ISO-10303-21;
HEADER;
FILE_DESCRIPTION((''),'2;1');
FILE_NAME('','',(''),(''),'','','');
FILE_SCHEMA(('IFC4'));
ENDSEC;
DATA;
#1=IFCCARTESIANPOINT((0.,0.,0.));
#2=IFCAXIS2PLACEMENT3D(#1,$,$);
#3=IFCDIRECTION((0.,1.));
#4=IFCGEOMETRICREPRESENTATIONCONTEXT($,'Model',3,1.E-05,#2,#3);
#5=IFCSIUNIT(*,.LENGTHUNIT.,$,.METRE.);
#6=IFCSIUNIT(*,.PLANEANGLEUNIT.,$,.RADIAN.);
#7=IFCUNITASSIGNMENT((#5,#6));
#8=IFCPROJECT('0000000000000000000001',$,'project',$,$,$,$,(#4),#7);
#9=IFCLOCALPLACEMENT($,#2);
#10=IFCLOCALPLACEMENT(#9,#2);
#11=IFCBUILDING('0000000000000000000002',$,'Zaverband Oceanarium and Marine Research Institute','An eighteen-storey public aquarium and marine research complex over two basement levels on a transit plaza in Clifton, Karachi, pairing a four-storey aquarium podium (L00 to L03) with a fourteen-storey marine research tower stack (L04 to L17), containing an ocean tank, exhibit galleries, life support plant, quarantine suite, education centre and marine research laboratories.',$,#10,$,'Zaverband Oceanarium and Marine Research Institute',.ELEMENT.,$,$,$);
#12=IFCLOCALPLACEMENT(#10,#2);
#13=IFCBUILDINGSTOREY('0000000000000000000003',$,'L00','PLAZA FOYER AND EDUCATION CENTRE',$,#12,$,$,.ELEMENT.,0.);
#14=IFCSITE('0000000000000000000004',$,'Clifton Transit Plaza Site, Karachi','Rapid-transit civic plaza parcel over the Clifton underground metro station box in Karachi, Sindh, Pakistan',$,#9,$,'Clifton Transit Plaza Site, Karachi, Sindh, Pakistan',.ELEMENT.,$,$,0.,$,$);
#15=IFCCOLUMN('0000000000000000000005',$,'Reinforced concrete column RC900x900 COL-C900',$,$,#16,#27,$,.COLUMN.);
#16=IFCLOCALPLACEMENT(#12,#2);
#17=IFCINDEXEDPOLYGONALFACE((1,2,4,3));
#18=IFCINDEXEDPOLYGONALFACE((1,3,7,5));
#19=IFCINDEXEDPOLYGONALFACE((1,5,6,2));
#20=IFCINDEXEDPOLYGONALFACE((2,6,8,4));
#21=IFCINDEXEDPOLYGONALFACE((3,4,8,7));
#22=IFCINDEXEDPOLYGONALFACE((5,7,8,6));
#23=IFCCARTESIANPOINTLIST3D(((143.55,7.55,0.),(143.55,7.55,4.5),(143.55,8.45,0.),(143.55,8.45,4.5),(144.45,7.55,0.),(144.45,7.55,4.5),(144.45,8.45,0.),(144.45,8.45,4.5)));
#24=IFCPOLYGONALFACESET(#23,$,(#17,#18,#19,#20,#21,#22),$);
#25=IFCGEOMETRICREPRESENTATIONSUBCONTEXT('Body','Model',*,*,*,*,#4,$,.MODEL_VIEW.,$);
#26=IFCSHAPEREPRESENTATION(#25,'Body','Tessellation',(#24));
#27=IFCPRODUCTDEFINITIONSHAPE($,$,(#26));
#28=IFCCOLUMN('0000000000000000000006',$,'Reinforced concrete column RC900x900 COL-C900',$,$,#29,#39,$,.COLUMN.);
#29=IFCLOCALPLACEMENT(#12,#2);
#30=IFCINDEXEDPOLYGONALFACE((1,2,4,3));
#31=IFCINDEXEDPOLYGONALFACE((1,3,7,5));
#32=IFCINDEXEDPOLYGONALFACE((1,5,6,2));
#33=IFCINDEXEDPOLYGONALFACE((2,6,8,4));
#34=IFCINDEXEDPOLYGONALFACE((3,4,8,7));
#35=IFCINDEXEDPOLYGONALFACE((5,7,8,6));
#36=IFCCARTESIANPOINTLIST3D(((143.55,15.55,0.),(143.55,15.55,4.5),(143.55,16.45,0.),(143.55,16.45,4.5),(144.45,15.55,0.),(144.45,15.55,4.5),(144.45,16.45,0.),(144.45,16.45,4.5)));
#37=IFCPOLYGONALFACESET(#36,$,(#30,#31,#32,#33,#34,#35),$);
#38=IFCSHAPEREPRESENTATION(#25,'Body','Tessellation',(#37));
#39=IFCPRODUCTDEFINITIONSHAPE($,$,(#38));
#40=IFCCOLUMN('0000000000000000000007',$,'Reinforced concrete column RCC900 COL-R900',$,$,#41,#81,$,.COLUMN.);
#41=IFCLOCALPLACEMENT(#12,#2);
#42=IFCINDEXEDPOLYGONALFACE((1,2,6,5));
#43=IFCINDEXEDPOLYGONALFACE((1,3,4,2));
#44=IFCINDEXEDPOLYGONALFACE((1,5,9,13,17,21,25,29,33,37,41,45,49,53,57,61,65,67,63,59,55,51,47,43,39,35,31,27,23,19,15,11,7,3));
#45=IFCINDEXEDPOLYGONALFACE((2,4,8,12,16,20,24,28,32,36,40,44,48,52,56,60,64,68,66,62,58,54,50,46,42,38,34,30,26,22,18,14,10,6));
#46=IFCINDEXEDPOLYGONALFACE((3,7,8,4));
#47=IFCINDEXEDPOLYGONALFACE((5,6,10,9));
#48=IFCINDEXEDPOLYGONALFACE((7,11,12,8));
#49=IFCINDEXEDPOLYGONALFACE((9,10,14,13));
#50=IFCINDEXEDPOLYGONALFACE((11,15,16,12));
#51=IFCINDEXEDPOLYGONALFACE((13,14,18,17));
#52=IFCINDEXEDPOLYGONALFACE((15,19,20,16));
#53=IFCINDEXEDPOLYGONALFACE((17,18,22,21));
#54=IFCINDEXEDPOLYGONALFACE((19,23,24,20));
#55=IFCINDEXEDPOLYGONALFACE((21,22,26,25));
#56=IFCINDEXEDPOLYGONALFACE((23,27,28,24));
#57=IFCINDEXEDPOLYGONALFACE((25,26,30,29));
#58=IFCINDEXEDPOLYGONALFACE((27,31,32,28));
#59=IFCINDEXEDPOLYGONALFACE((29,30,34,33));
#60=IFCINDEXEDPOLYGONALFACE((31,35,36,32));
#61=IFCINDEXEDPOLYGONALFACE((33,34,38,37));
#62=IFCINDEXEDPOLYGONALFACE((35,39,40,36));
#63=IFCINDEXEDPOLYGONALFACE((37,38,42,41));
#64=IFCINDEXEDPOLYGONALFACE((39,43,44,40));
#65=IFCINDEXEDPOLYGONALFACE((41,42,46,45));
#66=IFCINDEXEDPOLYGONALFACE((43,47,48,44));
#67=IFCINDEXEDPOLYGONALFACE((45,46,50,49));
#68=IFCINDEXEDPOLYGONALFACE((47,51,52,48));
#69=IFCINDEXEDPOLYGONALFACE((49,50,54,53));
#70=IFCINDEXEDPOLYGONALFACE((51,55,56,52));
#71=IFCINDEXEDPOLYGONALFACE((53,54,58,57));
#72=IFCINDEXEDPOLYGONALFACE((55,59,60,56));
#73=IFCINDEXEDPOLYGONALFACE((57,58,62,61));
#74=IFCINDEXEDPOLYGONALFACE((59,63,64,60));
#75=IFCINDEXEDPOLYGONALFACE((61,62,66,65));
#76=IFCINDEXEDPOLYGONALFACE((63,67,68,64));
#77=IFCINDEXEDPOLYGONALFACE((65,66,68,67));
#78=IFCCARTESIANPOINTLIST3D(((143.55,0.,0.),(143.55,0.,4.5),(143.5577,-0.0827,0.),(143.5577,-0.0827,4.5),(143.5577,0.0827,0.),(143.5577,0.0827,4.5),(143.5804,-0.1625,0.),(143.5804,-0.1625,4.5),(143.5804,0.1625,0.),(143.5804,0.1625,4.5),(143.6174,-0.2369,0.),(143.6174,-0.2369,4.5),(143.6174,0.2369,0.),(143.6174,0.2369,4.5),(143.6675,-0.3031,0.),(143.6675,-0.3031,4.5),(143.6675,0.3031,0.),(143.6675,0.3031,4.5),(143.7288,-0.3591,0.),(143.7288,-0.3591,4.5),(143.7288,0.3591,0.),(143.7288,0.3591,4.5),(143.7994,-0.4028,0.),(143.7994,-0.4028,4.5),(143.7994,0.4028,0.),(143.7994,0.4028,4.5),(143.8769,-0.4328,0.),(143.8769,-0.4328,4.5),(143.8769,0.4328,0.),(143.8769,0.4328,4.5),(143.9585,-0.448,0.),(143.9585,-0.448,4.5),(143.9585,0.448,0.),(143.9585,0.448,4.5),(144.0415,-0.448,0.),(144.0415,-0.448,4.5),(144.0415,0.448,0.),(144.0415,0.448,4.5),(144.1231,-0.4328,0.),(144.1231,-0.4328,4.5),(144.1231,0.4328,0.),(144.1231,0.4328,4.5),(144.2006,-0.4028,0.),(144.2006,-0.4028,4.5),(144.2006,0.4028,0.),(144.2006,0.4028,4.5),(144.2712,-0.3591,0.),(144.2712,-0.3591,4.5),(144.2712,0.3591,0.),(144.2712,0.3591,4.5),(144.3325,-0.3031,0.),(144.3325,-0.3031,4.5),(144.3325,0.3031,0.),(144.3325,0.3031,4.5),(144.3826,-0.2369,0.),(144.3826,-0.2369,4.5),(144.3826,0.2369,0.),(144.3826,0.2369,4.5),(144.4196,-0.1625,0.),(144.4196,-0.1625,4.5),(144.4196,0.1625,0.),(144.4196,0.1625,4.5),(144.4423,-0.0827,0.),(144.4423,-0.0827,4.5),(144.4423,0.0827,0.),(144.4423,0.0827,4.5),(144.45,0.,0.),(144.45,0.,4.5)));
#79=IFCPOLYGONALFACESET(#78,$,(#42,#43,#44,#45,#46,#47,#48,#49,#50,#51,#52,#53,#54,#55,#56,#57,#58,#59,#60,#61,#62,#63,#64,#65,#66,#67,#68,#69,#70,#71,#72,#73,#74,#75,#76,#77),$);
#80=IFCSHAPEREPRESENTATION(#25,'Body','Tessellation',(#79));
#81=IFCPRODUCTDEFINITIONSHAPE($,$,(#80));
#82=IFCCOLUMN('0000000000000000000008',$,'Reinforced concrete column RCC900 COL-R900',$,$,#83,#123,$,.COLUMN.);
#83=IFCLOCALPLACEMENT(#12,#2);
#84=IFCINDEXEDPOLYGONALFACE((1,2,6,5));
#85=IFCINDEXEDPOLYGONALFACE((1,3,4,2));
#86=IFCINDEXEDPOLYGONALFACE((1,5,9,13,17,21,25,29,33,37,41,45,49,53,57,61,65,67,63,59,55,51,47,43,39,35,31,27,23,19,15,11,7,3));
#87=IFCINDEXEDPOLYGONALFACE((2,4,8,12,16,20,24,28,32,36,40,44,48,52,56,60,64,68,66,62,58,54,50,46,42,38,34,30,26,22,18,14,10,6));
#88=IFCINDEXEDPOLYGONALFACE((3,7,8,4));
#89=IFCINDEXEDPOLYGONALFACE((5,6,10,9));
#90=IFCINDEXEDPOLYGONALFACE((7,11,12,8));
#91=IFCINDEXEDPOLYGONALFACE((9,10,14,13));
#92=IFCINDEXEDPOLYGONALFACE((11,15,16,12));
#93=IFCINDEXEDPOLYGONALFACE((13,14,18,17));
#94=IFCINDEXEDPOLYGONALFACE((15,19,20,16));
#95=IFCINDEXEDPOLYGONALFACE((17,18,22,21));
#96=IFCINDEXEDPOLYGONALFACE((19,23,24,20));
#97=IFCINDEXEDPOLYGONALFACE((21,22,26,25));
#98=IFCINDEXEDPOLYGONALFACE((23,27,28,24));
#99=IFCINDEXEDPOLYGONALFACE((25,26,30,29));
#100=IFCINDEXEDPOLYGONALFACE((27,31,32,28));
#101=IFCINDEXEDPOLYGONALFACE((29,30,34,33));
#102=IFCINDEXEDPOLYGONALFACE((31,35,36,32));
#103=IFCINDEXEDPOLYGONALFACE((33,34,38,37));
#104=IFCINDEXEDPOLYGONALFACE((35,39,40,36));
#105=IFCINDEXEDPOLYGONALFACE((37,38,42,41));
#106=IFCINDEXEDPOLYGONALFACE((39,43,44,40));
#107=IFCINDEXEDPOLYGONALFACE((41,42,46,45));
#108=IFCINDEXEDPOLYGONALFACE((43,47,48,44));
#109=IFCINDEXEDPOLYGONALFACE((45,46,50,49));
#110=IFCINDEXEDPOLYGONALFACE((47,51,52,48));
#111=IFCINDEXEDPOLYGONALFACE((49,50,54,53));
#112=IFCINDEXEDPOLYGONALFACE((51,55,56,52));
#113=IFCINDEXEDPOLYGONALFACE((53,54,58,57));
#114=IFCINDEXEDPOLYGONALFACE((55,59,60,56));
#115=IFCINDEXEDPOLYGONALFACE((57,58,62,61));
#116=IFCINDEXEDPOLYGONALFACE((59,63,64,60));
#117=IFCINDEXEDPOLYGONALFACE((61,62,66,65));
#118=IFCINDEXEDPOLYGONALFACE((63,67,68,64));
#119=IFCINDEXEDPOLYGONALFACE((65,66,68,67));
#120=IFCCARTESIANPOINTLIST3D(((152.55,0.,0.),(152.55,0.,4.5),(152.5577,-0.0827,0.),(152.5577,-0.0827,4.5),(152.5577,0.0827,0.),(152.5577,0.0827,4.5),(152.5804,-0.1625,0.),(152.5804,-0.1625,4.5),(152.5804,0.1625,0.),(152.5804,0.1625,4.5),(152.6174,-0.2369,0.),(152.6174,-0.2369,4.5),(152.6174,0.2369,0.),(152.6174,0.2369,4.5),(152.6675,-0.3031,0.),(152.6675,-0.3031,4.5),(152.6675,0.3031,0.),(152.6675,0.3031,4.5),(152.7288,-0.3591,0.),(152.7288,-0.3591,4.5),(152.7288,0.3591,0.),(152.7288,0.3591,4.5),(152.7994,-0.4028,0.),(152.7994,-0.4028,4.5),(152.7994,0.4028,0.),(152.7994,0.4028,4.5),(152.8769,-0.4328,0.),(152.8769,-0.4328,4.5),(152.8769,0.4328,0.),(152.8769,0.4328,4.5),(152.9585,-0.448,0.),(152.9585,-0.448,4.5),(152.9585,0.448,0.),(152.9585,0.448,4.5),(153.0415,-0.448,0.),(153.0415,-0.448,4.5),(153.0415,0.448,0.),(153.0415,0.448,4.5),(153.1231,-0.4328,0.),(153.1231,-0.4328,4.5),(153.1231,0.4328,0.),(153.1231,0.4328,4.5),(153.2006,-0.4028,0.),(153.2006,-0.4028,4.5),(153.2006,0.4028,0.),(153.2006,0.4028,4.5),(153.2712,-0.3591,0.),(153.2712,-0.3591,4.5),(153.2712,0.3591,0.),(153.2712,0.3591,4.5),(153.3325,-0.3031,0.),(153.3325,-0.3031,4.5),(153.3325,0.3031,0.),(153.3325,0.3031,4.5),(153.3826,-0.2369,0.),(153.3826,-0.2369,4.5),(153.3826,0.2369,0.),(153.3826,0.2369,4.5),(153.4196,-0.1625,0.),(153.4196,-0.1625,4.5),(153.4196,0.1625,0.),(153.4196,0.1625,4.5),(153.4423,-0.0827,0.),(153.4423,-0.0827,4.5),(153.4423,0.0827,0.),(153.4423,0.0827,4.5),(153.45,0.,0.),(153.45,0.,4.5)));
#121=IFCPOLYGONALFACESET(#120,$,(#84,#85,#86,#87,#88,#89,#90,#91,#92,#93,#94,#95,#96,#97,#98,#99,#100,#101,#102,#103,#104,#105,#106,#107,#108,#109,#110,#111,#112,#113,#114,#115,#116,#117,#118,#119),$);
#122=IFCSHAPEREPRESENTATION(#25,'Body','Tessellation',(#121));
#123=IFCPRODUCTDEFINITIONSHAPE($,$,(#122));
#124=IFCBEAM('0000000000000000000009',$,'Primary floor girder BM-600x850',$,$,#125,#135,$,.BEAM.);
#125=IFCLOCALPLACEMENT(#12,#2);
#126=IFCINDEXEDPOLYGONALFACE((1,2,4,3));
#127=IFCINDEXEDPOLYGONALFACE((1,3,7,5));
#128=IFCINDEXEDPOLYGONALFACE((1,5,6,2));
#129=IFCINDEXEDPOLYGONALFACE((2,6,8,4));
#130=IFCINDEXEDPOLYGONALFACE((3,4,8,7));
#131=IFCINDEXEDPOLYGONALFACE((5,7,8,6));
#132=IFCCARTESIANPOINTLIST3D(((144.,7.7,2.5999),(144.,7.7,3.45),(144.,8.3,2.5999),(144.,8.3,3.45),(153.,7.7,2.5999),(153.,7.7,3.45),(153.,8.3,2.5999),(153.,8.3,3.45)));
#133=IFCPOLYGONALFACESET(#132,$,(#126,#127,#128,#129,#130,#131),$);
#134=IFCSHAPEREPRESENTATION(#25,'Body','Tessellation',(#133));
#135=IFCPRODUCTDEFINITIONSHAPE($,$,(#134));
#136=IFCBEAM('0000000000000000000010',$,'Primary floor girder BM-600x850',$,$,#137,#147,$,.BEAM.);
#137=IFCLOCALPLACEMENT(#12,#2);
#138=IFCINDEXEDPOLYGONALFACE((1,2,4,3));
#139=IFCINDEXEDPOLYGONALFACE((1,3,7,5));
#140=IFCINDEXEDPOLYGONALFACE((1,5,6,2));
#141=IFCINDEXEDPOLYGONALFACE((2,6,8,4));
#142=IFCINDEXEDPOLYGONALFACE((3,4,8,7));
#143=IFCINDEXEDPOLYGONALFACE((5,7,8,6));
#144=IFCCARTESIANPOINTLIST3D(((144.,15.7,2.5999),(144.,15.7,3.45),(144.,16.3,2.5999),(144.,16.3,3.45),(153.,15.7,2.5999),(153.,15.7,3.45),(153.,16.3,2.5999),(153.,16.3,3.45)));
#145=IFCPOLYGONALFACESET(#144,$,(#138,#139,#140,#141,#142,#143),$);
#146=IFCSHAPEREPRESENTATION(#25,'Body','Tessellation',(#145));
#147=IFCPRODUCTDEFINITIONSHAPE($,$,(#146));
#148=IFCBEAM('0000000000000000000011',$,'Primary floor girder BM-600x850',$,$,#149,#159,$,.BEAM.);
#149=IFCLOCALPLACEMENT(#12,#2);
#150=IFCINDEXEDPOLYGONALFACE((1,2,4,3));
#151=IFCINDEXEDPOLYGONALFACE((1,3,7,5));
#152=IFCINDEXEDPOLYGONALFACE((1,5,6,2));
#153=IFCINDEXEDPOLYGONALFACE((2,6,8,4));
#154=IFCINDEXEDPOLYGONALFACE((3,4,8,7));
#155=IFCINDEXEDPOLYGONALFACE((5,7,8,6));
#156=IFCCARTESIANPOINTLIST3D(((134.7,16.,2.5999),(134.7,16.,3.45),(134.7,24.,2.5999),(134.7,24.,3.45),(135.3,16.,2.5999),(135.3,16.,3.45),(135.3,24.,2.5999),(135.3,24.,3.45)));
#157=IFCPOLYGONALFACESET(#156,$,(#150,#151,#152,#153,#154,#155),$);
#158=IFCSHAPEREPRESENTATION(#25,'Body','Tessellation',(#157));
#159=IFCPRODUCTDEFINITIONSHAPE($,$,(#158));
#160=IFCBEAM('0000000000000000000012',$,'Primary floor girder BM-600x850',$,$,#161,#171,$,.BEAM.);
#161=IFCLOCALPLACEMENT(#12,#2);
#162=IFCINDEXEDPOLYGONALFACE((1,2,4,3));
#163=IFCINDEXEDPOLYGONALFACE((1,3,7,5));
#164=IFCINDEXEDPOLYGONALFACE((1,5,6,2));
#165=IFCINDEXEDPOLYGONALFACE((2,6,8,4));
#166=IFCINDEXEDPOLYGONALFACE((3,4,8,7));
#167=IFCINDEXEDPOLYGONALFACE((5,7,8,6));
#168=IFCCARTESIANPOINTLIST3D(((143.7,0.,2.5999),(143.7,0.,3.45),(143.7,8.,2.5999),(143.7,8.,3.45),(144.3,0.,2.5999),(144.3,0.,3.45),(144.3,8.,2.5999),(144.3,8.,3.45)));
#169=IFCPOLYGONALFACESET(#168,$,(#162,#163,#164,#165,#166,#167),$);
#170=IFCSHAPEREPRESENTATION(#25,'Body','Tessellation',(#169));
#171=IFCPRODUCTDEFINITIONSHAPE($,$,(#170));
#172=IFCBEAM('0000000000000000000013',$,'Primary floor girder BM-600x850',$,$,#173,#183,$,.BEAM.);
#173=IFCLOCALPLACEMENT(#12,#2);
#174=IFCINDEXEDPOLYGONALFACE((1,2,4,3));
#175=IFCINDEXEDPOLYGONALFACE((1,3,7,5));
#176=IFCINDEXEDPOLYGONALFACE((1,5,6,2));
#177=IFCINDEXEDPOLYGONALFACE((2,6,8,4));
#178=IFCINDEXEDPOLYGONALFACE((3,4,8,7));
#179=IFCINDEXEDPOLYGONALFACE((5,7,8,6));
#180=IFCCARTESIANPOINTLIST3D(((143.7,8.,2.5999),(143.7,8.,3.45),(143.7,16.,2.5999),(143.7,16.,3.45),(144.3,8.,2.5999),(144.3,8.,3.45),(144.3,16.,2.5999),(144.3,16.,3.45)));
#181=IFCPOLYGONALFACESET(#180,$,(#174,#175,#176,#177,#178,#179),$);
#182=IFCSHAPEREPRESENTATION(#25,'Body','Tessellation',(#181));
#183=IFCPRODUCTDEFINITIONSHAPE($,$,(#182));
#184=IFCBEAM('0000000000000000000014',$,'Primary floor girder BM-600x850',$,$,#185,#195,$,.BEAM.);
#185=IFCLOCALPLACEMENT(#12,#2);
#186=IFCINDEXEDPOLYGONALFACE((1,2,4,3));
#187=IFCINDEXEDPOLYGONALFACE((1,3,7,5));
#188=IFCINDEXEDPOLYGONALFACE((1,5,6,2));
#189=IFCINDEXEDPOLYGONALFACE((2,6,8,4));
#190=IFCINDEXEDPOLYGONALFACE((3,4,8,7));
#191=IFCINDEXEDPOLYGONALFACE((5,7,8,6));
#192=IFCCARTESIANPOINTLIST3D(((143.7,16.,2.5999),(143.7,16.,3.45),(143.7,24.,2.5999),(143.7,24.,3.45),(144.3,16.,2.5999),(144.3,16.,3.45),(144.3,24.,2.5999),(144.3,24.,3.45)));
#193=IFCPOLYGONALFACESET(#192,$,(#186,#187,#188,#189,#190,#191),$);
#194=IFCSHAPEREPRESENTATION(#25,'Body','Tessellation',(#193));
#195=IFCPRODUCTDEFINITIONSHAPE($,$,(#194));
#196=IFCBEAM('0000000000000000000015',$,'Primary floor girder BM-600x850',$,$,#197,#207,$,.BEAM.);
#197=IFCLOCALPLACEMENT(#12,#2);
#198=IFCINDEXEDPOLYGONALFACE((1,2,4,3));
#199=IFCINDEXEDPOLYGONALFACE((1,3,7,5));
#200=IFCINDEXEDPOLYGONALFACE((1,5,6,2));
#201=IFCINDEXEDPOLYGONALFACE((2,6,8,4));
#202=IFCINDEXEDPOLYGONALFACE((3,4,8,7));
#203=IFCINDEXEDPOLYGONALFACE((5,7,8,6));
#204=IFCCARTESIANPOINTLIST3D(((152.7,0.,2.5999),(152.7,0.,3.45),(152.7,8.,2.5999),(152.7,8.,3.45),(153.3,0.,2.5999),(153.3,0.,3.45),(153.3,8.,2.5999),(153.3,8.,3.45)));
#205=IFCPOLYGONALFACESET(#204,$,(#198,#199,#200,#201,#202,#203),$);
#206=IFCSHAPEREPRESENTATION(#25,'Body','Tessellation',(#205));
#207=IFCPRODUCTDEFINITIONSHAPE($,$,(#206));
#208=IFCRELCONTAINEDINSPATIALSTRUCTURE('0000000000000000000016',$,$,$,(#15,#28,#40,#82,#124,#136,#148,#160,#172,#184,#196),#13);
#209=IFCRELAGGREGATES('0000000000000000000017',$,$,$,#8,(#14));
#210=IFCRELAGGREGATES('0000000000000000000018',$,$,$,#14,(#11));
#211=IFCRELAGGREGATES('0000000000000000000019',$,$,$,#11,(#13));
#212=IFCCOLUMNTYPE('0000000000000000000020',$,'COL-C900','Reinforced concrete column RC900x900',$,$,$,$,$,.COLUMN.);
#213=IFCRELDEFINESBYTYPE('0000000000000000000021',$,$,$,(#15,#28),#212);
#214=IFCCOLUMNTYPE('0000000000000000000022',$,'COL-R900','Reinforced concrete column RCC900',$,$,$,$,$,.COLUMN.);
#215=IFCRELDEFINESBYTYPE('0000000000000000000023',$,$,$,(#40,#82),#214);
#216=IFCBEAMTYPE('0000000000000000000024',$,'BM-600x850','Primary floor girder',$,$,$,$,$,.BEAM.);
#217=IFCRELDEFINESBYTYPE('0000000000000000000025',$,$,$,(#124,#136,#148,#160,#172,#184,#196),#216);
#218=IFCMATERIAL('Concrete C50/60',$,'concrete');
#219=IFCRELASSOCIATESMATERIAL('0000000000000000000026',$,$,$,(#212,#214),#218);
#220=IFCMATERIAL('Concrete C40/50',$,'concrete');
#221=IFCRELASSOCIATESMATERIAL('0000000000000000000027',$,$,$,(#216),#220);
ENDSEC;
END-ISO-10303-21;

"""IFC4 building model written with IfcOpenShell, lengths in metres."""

from ifc_helpers import new_model, si_unit, direction, frame, origin, origin_2d, place, context, subcontext, project, spatial, rectangle, circle, extrude, material, material_profile, profile_set, type_object, element, save


model = new_model("IFC4")

# Units and contexts
model_context = context("Model", 3, precision=1e-05, world=origin(), true_north=direction((0.0, 1.0)))
body_context = subcontext(model_context, "Body", "Model", "MODEL_VIEW")
ifc_project = project(units=[si_unit("LENGTHUNIT", "METRE"), si_unit("PLANEANGLEUNIT", "RADIAN")], contexts=[model_context])

# Site, building, storey
site_placement = place(None, origin())
site = spatial("IfcSite", under=ifc_project, at=site_placement, Name="Clifton Transit Plaza Site, Karachi", Description="Rapid-transit civic plaza parcel over the Clifton underground metro station box in Karachi, Sindh, Pakistan", LongName="Clifton Transit Plaza Site, Karachi, Sindh, Pakistan", CompositionType="ELEMENT", RefElevation=0.0)
building_placement = place(site_placement, origin())
building = spatial("IfcBuilding", under=site, at=building_placement, Name="Zaverband Oceanarium and Marine Research Institute", Description="An eighteen-storey public aquarium and marine research complex over two basement levels on a transit plaza in Clifton, Karachi, pairing a four-storey aquarium podium (L00 to L03) with a fourteen-storey marine research tower stack (L04 to L17), containing an ocean tank, exhibit galleries, life support plant, quarantine suite, education centre and marine research laboratories.", LongName="Zaverband Oceanarium and Marine Research Institute", CompositionType="ELEMENT")
storey_placement = place(building_placement, origin())
storey = spatial("IfcBuildingStorey", under=building, at=storey_placement, Name="L00", Description="PLAZA FOYER AND EDUCATION CENTRE", CompositionType="ELEMENT", Elevation=0.0)

# Columns
ifc_material_1 = material(Name="Concrete C50/60", Category="concrete")
ifc_material_profile_1 = material_profile(ifc_material_1, rectangle(XDim=0.8999, YDim=0.8999, at=origin_2d()), Name="RC900x900")
ifc_profile_set_1 = profile_set([ifc_material_profile_1], Name="Concrete C50/60")
column_type_1 = type_object("IfcColumnType", Name="COL-C900", Description="Reinforced concrete column RC900x900", PredefinedType="COLUMN", material=ifc_profile_set_1)
for number, where, z_axis, x_axis, name in (
    (1, (144.0, 8.0, 0.0), (0.0, 0.0, 1.0), (1.0, 0.0, 0.0), "Reinforced concrete column RC900x900 COL-C900"),
    (2, (144.0, 16.0, 0.0), (0.0, 0.0, 1.0), (1.0, 0.0, 0.0), "Reinforced concrete column RC900x900 COL-C900"),
):
    element("IfcColumn", number, at=place(storey_placement, frame(where, z_axis=z_axis, x_axis=x_axis)), inside=storey, type_object=column_type_1, Name=name, PredefinedType="COLUMN", context=body_context, shape_type="SweptSolid", body=[
        extrude(rectangle(XDim=0.8999, YDim=0.8999, at=origin_2d()), origin(), (0.0, 0.0, 1.0), 4.5),
    ])
ifc_material_profile_2 = material_profile(ifc_material_1, circle(Radius=0.45, at=origin_2d()), Name="RCC900")
ifc_profile_set_2 = profile_set([ifc_material_profile_2], Name="Concrete C50/60")
column_type_2 = type_object("IfcColumnType", Name="COL-R900", Description="Reinforced concrete column RCC900", PredefinedType="COLUMN", material=ifc_profile_set_2)
for number, where, z_axis, x_axis, name in (
    (3, (144.0, 0.0, 0.0), (0.0, 0.0, 1.0), (1.0, 0.0, 0.0), "Reinforced concrete column RCC900 COL-R900"),
    (4, (153.0, 0.0, 0.0), (0.0, 0.0, 1.0), (1.0, 0.0, 0.0), "Reinforced concrete column RCC900 COL-R900"),
):
    element("IfcColumn", number, at=place(storey_placement, frame(where, z_axis=z_axis, x_axis=x_axis)), inside=storey, type_object=column_type_2, Name=name, PredefinedType="COLUMN", context=body_context, shape_type="SweptSolid", body=[
        extrude(circle(Radius=0.45, at=origin_2d()), origin(), (0.0, 0.0, 1.0), 4.5),
    ])

# Beams
ifc_material_2 = material(Name="Concrete C40/50", Category="concrete")
ifc_material_profile_3 = material_profile(ifc_material_2, rectangle(XDim=0.6001, YDim=0.8501, at=origin_2d()), Name="RC600x850")
ifc_profile_set_3 = profile_set([ifc_material_profile_3], Name="Concrete C40/50")
beam_type_1 = type_object("IfcBeamType", Name="BM-600x850", Description="Primary floor girder", PredefinedType="BEAM", material=ifc_profile_set_3)
for number, where, z_axis, x_axis, name in (
    (5, (144.0, 8.0, 3.0249), (1.0, 0.0, 0.0), (0.0, 1.0, 0.0), "Primary floor girder BM-600x850"),
    (6, (144.0, 16.0, 3.0249), (1.0, 0.0, 0.0), (0.0, 1.0, 0.0), "Primary floor girder BM-600x850"),
):
    element("IfcBeam", number, at=place(storey_placement, frame(where, z_axis=z_axis, x_axis=x_axis)), inside=storey, type_object=beam_type_1, Name=name, PredefinedType="BEAM", context=body_context, shape_type="SweptSolid", body=[
        extrude(rectangle(XDim=0.6001, YDim=0.8501, at=origin_2d()), origin(), (0.0, 0.0, 1.0), 9.0),
    ])
for number, where, z_axis, x_axis, name in (
    (7, (135.0, 16.0, 3.0249), (0.0, 1.0, 0.0), (-1.0, 0.0, 0.0), "Primary floor girder BM-600x850"),
    (8, (144.0, 0.0, 3.0249), (0.0, 1.0, 0.0), (-1.0, 0.0, 0.0), "Primary floor girder BM-600x850"),
    (9, (144.0, 8.0, 3.0249), (0.0, 1.0, 0.0), (-1.0, 0.0, 0.0), "Primary floor girder BM-600x850"),
    (10, (144.0, 16.0, 3.0249), (0.0, 1.0, 0.0), (-1.0, 0.0, 0.0), "Primary floor girder BM-600x850"),
    (11, (153.0, 0.0, 3.0249), (0.0, 1.0, 0.0), (-1.0, 0.0, 0.0), "Primary floor girder BM-600x850"),
):
    element("IfcBeam", number, at=place(storey_placement, frame(where, z_axis=z_axis, x_axis=x_axis)), inside=storey, type_object=beam_type_1, Name=name, PredefinedType="BEAM", context=body_context, shape_type="SweptSolid", body=[
        extrude(rectangle(XDim=0.6001, YDim=0.8501, at=origin_2d()), origin(), (0.0, 0.0, 1.0), 8.0),
    ])

save(model, "model.ifc")
